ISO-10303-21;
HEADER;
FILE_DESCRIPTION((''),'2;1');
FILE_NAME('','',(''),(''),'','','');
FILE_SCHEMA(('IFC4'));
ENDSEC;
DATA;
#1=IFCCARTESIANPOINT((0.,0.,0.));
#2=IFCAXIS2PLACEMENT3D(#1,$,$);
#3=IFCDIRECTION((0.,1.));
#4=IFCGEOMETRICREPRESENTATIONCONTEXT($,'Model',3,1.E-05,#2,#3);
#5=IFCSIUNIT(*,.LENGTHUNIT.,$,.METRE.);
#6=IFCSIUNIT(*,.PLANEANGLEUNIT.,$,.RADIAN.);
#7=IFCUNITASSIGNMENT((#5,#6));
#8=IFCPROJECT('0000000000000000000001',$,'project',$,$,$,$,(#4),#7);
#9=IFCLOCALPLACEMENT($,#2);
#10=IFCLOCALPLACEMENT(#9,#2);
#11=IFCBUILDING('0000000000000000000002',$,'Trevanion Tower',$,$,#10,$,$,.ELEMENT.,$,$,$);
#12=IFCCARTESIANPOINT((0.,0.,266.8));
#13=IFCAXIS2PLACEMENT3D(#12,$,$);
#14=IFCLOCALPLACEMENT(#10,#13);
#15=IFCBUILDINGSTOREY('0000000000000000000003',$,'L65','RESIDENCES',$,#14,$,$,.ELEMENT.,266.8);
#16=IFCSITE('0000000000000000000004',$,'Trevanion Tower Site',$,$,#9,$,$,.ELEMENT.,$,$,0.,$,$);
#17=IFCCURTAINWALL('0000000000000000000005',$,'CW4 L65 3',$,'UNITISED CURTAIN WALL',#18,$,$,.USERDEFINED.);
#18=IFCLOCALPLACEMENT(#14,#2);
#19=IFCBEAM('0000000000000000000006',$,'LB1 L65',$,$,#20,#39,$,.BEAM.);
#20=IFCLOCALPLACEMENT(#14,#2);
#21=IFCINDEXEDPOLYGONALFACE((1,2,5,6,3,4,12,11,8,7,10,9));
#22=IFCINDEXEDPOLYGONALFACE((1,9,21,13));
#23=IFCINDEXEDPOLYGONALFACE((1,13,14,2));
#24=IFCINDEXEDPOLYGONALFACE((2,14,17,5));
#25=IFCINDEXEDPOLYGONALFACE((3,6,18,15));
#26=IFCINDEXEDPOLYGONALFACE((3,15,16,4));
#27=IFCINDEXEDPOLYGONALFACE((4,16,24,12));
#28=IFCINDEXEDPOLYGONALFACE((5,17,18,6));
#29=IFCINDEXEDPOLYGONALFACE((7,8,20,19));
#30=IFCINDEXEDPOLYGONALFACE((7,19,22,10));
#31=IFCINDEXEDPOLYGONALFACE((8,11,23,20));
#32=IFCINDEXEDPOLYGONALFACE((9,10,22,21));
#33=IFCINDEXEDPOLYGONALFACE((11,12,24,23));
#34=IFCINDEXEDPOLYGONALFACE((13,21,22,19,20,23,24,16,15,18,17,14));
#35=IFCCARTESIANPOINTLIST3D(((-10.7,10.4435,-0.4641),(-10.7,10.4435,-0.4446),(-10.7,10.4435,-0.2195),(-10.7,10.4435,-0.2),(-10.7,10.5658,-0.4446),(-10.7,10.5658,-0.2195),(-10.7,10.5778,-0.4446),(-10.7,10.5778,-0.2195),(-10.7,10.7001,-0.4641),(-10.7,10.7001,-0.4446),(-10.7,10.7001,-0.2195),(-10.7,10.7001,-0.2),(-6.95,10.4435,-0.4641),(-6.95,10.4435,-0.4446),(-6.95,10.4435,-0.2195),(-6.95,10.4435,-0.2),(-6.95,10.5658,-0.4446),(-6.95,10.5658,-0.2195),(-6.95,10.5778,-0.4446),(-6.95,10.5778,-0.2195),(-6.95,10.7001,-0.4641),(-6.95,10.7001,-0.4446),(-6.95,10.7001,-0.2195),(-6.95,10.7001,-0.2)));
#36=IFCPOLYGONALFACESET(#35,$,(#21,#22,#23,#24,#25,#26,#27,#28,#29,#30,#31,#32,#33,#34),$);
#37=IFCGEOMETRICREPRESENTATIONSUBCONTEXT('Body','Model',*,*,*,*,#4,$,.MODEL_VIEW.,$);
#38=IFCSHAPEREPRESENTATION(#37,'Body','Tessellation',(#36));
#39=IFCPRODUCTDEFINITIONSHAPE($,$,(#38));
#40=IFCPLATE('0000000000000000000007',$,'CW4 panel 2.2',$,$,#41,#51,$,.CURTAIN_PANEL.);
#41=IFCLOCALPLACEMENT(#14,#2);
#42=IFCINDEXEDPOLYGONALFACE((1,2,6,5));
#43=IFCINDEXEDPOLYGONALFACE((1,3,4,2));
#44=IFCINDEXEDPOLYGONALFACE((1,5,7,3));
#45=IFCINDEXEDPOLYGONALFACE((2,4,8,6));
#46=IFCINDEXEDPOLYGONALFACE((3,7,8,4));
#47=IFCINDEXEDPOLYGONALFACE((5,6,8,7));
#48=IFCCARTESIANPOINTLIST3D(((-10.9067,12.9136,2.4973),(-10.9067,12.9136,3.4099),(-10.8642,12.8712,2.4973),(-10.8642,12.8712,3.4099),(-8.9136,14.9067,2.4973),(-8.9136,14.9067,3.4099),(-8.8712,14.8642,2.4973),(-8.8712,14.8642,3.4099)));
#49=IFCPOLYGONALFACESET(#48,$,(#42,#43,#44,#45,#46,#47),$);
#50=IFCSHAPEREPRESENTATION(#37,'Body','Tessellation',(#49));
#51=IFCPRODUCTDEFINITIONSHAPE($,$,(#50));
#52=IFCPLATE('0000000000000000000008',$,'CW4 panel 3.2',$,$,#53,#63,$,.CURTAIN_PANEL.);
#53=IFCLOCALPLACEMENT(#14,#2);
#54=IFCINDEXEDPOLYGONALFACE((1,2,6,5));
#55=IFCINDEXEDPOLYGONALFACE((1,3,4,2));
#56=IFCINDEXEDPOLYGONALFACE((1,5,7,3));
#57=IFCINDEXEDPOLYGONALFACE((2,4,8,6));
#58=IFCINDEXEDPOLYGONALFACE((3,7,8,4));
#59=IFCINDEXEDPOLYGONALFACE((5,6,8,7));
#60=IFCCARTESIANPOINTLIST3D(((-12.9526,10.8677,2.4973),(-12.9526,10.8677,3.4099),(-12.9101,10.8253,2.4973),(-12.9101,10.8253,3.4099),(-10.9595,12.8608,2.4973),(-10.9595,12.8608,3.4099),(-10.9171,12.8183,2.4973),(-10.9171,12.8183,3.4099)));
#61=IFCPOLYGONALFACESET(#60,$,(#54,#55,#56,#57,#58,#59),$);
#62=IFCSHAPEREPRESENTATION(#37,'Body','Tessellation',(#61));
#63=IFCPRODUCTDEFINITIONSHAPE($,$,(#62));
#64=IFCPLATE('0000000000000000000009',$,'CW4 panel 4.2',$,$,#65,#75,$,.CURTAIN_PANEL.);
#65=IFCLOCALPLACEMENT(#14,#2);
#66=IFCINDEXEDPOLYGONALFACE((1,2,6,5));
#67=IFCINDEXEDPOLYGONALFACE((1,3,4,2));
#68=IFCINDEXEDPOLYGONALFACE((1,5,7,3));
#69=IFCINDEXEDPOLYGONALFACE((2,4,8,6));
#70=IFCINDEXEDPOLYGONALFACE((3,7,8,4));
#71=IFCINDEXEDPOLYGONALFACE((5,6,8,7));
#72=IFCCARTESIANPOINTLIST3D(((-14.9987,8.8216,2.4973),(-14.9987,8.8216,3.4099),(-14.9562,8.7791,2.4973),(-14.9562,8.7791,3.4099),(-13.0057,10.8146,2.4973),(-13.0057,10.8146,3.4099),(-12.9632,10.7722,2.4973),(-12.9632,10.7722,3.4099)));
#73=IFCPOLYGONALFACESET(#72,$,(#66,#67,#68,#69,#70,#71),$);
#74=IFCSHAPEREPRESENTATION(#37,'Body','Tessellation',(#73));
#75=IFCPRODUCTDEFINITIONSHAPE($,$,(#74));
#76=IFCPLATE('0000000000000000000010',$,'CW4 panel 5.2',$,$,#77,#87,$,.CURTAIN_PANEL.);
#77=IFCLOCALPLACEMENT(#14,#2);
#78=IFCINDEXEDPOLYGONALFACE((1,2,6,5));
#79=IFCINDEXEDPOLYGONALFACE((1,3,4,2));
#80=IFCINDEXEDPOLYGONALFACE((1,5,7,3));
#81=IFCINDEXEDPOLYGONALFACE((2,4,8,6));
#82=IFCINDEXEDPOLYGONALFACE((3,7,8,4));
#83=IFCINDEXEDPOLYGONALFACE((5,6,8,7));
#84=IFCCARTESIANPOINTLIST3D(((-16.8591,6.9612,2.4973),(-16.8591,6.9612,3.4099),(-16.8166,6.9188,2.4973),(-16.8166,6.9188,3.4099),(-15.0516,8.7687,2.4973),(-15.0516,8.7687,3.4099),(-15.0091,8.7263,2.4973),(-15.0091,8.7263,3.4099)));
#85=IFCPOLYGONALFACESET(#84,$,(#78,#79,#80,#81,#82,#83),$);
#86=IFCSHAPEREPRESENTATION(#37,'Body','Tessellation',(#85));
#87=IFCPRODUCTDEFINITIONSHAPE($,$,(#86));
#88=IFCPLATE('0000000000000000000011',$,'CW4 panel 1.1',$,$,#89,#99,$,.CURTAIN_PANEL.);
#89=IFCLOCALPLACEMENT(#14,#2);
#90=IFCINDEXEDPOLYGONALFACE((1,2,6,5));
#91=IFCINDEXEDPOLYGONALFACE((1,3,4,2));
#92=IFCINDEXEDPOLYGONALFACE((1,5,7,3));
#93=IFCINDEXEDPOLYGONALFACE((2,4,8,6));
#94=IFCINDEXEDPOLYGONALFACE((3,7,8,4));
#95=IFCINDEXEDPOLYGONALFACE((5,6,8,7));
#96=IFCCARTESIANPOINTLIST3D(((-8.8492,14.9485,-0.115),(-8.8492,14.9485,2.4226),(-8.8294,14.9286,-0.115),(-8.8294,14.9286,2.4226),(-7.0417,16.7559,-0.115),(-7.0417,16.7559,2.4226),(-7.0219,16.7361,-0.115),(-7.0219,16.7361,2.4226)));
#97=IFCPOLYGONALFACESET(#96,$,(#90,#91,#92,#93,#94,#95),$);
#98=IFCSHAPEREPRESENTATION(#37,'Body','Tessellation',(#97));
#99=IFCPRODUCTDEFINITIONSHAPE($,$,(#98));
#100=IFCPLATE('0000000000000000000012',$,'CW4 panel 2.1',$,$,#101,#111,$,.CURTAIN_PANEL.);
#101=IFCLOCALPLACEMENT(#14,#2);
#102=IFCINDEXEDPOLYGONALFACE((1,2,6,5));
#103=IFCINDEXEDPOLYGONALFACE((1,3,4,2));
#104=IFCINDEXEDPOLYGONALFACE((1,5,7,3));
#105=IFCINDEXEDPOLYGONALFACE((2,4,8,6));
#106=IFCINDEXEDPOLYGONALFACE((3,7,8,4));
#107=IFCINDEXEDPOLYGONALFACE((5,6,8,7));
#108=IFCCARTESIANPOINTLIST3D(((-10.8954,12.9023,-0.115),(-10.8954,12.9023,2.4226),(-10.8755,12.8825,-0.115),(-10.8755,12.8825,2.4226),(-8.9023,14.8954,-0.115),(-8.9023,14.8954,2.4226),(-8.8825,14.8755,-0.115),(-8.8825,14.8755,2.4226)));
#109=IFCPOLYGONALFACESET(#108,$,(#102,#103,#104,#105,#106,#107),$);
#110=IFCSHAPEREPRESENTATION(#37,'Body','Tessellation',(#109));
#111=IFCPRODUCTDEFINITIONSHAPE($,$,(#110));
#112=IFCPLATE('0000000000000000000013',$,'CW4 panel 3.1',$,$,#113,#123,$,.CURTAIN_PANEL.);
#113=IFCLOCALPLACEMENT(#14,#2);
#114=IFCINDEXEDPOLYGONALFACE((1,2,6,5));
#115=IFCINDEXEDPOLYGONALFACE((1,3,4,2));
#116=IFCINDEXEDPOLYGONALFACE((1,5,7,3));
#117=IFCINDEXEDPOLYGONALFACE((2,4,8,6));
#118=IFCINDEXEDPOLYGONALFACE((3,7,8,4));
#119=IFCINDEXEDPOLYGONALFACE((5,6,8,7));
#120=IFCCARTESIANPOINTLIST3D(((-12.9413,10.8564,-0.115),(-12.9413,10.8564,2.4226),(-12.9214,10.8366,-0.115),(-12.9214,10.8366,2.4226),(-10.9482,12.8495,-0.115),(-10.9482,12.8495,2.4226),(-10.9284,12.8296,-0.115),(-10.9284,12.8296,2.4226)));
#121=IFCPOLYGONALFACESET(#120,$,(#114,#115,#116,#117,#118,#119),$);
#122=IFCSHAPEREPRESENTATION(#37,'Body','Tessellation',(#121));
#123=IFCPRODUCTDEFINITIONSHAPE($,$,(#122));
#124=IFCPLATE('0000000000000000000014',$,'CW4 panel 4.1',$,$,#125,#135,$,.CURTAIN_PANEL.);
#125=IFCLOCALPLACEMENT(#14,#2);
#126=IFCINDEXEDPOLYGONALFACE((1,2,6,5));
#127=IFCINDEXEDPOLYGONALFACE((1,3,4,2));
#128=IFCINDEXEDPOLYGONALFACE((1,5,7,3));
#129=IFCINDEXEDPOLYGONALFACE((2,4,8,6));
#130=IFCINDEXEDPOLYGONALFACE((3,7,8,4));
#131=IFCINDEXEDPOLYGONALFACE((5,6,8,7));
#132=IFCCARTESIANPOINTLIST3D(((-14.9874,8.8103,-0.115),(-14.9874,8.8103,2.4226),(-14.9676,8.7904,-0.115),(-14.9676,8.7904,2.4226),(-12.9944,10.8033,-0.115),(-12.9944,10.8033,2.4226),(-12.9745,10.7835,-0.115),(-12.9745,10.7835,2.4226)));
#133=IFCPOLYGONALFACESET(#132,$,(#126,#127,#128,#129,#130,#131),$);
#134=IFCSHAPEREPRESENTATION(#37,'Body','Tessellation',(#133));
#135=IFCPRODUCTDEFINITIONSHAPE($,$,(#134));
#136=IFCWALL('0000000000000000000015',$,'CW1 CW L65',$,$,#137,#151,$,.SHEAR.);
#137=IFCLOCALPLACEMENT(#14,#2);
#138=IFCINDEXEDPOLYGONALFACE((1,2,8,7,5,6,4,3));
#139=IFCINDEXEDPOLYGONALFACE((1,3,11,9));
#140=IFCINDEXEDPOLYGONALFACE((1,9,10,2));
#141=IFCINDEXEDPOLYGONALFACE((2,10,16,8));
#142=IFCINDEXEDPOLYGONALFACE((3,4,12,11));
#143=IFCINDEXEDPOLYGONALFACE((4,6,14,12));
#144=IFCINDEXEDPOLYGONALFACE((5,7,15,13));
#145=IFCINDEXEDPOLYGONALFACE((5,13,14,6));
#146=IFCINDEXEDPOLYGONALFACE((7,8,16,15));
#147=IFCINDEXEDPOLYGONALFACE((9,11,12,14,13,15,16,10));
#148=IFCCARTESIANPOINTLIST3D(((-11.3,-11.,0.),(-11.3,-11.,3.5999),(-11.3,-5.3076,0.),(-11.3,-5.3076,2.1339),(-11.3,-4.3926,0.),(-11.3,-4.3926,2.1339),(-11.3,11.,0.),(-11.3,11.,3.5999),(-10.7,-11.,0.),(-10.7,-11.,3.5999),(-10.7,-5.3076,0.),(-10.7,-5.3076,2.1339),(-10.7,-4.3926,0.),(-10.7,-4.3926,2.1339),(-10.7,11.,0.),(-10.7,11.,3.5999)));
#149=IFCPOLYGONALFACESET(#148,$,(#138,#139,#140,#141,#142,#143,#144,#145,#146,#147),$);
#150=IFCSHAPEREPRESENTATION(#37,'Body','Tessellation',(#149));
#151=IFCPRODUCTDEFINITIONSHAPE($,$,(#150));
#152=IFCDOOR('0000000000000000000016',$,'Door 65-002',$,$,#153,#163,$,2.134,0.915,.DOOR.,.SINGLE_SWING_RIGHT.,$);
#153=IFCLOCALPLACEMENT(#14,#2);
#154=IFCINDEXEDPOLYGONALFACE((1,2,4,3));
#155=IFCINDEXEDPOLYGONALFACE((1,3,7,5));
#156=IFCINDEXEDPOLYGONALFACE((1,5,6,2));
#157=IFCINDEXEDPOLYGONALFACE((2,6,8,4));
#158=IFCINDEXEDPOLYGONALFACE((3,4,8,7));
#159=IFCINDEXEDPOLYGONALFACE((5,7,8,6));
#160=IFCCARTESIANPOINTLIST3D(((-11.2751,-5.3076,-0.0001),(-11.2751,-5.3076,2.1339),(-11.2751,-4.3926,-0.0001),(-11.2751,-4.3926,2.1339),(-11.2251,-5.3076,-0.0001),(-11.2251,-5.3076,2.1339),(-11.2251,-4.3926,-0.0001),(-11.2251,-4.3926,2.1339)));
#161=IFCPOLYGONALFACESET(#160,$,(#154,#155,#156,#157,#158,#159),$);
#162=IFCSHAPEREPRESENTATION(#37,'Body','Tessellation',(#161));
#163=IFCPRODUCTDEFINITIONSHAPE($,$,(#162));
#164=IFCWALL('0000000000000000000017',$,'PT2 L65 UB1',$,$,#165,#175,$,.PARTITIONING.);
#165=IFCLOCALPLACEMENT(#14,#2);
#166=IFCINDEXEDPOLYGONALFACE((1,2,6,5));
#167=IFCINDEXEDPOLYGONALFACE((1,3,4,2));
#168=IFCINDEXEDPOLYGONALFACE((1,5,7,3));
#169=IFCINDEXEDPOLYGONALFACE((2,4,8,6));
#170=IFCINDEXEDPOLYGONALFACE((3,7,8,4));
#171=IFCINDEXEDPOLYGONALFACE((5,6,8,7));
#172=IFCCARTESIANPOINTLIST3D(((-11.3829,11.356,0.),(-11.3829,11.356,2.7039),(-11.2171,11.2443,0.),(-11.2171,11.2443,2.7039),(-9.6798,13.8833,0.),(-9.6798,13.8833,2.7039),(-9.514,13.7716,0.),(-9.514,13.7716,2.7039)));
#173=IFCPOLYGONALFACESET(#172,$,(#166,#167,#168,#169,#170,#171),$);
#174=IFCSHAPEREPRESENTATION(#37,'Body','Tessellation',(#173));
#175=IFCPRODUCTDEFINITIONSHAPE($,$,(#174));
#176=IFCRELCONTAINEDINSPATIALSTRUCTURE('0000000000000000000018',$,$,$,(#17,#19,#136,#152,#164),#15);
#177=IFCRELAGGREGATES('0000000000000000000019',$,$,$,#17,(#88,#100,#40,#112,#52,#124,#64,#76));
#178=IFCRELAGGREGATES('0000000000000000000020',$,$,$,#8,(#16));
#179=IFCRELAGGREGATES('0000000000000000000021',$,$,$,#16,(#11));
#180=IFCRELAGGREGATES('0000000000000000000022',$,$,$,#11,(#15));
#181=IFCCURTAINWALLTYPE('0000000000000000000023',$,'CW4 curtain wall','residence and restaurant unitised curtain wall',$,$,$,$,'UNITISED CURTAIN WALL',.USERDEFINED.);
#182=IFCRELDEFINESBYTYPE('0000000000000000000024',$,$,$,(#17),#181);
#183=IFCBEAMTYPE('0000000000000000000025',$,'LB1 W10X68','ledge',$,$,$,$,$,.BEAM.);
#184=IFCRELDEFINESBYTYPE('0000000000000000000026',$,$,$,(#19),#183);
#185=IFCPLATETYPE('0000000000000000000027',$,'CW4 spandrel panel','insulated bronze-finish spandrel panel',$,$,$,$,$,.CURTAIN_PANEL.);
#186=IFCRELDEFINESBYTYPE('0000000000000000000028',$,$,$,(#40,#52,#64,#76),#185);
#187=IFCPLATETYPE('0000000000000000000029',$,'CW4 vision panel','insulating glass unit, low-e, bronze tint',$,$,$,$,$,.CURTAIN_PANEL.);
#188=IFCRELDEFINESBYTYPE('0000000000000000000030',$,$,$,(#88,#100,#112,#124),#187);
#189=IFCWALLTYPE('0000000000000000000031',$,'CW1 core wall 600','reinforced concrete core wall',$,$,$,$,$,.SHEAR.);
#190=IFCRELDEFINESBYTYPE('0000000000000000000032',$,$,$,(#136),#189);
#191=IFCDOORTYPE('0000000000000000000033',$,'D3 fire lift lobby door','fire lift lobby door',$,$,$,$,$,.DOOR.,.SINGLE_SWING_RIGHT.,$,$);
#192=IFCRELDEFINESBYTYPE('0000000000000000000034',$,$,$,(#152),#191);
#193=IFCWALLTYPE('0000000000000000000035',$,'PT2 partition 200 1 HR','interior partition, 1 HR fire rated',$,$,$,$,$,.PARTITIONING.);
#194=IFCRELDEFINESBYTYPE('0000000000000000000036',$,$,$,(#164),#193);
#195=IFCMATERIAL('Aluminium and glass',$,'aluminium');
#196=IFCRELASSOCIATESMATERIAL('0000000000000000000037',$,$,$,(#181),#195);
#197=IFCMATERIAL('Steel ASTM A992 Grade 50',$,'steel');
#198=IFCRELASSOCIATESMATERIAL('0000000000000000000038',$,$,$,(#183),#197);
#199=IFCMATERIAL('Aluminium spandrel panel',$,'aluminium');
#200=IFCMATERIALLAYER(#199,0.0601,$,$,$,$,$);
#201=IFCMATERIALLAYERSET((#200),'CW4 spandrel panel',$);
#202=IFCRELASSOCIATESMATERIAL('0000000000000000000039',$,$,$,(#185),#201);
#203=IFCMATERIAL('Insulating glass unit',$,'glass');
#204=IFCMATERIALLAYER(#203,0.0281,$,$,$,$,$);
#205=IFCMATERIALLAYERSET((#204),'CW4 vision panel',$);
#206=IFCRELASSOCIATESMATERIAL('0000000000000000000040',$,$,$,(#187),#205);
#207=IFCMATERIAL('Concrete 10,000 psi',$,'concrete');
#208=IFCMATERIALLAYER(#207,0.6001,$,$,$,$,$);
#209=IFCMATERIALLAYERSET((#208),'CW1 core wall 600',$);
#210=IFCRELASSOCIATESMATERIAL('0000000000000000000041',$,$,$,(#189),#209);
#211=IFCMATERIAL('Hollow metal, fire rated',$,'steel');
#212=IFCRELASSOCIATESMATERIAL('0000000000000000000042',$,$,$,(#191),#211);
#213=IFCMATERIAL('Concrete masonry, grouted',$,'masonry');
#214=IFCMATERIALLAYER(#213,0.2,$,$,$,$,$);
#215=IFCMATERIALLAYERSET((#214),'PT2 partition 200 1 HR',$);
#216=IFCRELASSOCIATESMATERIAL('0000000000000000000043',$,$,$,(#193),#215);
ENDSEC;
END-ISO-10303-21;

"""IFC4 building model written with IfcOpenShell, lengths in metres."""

from ifc_helpers import new_model, si_unit, direction, frame, frame_2d, origin, origin_2d, place, context, subcontext, project, spatial, rectangle, i_section, extrude, material, layer, layer_set, material_profile, profile_set, type_object, element, fill, aggregate, save


model = new_model("IFC4")

# Units and contexts
model_context = context("Model", 3, precision=1e-05, world=origin(), true_north=direction((0.0, 1.0)))
body_context = subcontext(model_context, "Body", "Model", "MODEL_VIEW")
ifc_project = project(units=[si_unit("LENGTHUNIT", "METRE"), si_unit("PLANEANGLEUNIT", "RADIAN")], contexts=[model_context])

# Site, building, storey
site_placement = place(None, origin())
site = spatial("IfcSite", under=ifc_project, at=site_placement, Name="Trevanion Tower Site", CompositionType="ELEMENT", RefElevation=0.0)
building_placement = place(site_placement, origin())
building = spatial("IfcBuilding", under=site, at=building_placement, Name="Trevanion Tower", CompositionType="ELEMENT")
storey_placement = place(building_placement, frame((0.0, 0.0, 266.8)))
storey = spatial("IfcBuildingStorey", under=building, at=storey_placement, Name="L65", Description="RESIDENCES", CompositionType="ELEMENT", Elevation=266.8)

# Curtain wall
ifc_material_1 = material(Name="Aluminium and glass", Category="aluminium")
curtain_wall_type = type_object("IfcCurtainWallType", Name="CW4 curtain wall", Description="residence and restaurant unitised curtain wall", ElementType="UNITISED CURTAIN WALL", PredefinedType="USERDEFINED", material=ifc_material_1)
curtain_wall_placement = place(storey_placement, origin())
curtain_wall = element("IfcCurtainWall", 1, at=curtain_wall_placement, inside=storey, type_object=curtain_wall_type, Name="CW4 L65 3", ObjectType="UNITISED CURTAIN WALL", PredefinedType="USERDEFINED")

# Beam
ifc_material_2 = material(Name="Steel ASTM A992 Grade 50", Category="steel")
ifc_material_profile_1 = material_profile(ifc_material_2, i_section(OverallWidth=0.2566, OverallDepth=0.2642, WebThickness=0.012, FlangeThickness=0.0195, at=origin_2d()), Name="W10X68")
ifc_profile_set_1 = profile_set([ifc_material_profile_1], Name="Steel ASTM A992 Grade 50")
beam_type = type_object("IfcBeamType", Name="LB1 W10X68", Description="ledge", PredefinedType="BEAM", material=ifc_profile_set_1)
beam_placement = place(storey_placement, frame((-10.7, 10.5718, -0.332), z_axis=(1.0, 0.0, 0.0), x_axis=(0.0, 1.0, 0.0)))
element("IfcBeam", 2, at=beam_placement, inside=storey, type_object=beam_type, Name="LB1 L65", PredefinedType="BEAM", context=body_context, shape_type="SweptSolid", body=[
    extrude(i_section(OverallWidth=0.2566, OverallDepth=0.2642, WebThickness=0.012, FlangeThickness=0.0195, at=origin_2d()), origin(), (0.0, 0.0, 1.0), 3.75),
])

# Plates
ifc_material_3 = material(Name="Aluminium spandrel panel", Category="aluminium")
ifc_layer_1 = layer(ifc_material_3, 0.0601)
ifc_layer_set_1 = layer_set([ifc_layer_1], Name="CW4 spandrel panel")
plate_type_1 = type_object("IfcPlateType", Name="CW4 spandrel panel", Description="insulated bronze-finish spandrel panel", PredefinedType="CURTAIN_PANEL", material=ifc_layer_set_1)
plate_1_placement = place(storey_placement, frame((-9.8889, 13.8889, 2.4973), z_axis=(0.0, 0.0, 1.0), x_axis=(-0.707107, -0.707107, 0.0)))
plate_1 = element("IfcPlate", 3, at=plate_1_placement, type_object=plate_type_1, Name="CW4 panel 2.2", PredefinedType="CURTAIN_PANEL", context=body_context, shape_type="SweptSolid", body=[
    extrude(rectangle(XDim=2.8186, YDim=0.0601, at=origin_2d()), origin(), (0.0, 0.0, 1.0), 0.9126),
])
plate_2_placement = place(storey_placement, frame((-11.9348, 11.843, 2.4973), z_axis=(0.0, 0.0, 1.0), x_axis=(-0.707107, -0.707107, 0.0)))
plate_2 = element("IfcPlate", 4, at=plate_2_placement, type_object=plate_type_1, Name="CW4 panel 3.2", PredefinedType="CURTAIN_PANEL", context=body_context, shape_type="SweptSolid", body=[
    extrude(rectangle(XDim=2.8186, YDim=0.0601, at=origin_2d()), origin(), (0.0, 0.0, 1.0), 0.9126),
])
plate_3_placement = place(storey_placement, frame((-13.981, 9.7969, 2.4973), z_axis=(0.0, 0.0, 1.0), x_axis=(-0.707107, -0.707107, 0.0)))
plate_3 = element("IfcPlate", 5, at=plate_3_placement, type_object=plate_type_1, Name="CW4 panel 4.2", PredefinedType="CURTAIN_PANEL", context=body_context, shape_type="SweptSolid", body=[
    extrude(rectangle(XDim=2.8186, YDim=0.0601, at=origin_2d()), origin(), (0.0, 0.0, 1.0), 0.9126),
])
plate_4_placement = place(storey_placement, frame((-15.9341, 7.8438, 2.4973), z_axis=(0.0, 0.0, 1.0), x_axis=(-0.707107, -0.707107, 0.0)))
plate_4 = element("IfcPlate", 6, at=plate_4_placement, type_object=plate_type_1, Name="CW4 panel 5.2", PredefinedType="CURTAIN_PANEL", context=body_context, shape_type="SweptSolid", body=[
    extrude(rectangle(XDim=2.5562, YDim=0.0601, at=origin_2d()), origin(), (0.0, 0.0, 1.0), 0.9126),
])
ifc_material_4 = material(Name="Insulating glass unit", Category="glass")
ifc_layer_2 = layer(ifc_material_4, 0.0281)
ifc_layer_set_2 = layer_set([ifc_layer_2], Name="CW4 vision panel")
plate_type_2 = type_object("IfcPlateType", Name="CW4 vision panel", Description="insulating glass unit, low-e, bronze tint", PredefinedType="CURTAIN_PANEL", material=ifc_layer_set_2)
plate_5_placement = place(storey_placement, frame((-7.9355, 15.8423, -0.115), z_axis=(0.0, 0.0, 1.0), x_axis=(-0.707107, -0.707107, 0.0)))
plate_5 = element("IfcPlate", 7, at=plate_5_placement, type_object=plate_type_2, Name="CW4 panel 1.1", PredefinedType="CURTAIN_PANEL", context=body_context, shape_type="SweptSolid", body=[
    extrude(rectangle(XDim=2.5562, YDim=0.0281, at=origin_2d()), origin(), (0.0, 0.0, 1.0), 2.5376),
])
plate_6_placement = place(storey_placement, frame((-9.8889, 13.8889, -0.115), z_axis=(0.0, 0.0, 1.0), x_axis=(-0.707107, -0.707107, 0.0)))
plate_6 = element("IfcPlate", 8, at=plate_6_placement, type_object=plate_type_2, Name="CW4 panel 2.1", PredefinedType="CURTAIN_PANEL", context=body_context, shape_type="SweptSolid", body=[
    extrude(rectangle(XDim=2.8186, YDim=0.0281, at=origin_2d()), origin(), (0.0, 0.0, 1.0), 2.5376),
])
plate_7_placement = place(storey_placement, frame((-11.9348, 11.843, -0.115), z_axis=(0.0, 0.0, 1.0), x_axis=(-0.707107, -0.707107, 0.0)))
plate_7 = element("IfcPlate", 9, at=plate_7_placement, type_object=plate_type_2, Name="CW4 panel 3.1", PredefinedType="CURTAIN_PANEL", context=body_context, shape_type="SweptSolid", body=[
    extrude(rectangle(XDim=2.8186, YDim=0.0281, at=origin_2d()), origin(), (0.0, 0.0, 1.0), 2.5376),
])
plate_8_placement = place(storey_placement, frame((-13.981, 9.7969, -0.115), z_axis=(0.0, 0.0, 1.0), x_axis=(-0.707107, -0.707107, 0.0)))
plate_8 = element("IfcPlate", 10, at=plate_8_placement, type_object=plate_type_2, Name="CW4 panel 4.1", PredefinedType="CURTAIN_PANEL", context=body_context, shape_type="SweptSolid", body=[
    extrude(rectangle(XDim=2.8186, YDim=0.0281, at=origin_2d()), origin(), (0.0, 0.0, 1.0), 2.5376),
])
aggregate(curtain_wall, [plate_5, plate_6, plate_1, plate_7, plate_2, plate_8, plate_3, plate_4])

# Wall, opening, door
ifc_material_5 = material(Name="Concrete 10,000 psi", Category="concrete")
ifc_layer_3 = layer(ifc_material_5, 0.6001)
ifc_layer_set_3 = layer_set([ifc_layer_3], Name="CW1 core wall 600")
wall_type_1 = type_object("IfcWallType", Name="CW1 core wall 600", Description="reinforced concrete core wall", PredefinedType="SHEAR", material=ifc_layer_set_3)
wall_1_placement = place(storey_placement, frame((-11.0, 11.0, 0.0), z_axis=(0.0, 0.0, 1.0), x_axis=(0.0, -1.0, 0.0)))
wall_1 = element("IfcWall", 11, at=wall_1_placement, inside=storey, type_object=wall_type_1, Name="CW1 CW L65", PredefinedType="SHEAR", context=body_context, shape_type="SweptSolid", body=[
    extrude(rectangle(XDim=22.0, YDim=0.6001, at=frame_2d((11.0, 0.0))), origin(), (0.0, 0.0, 1.0), 3.5999),
])
opening_placement = place(wall_1_placement, frame((15.3926, 0.0, 0.0)))
opening = element("IfcOpeningElement", 12, at=opening_placement, cuts=wall_1, PredefinedType="OPENING", context=body_context, shape_type="SweptSolid", body=[
    extrude(rectangle(XDim=0.915, YDim=2.134, at=frame_2d((0.4575, 1.0669))), frame((0.0, 0.3101, 0.0), z_axis=(0.0, -1.0, 0.0), x_axis=(1.0, 0.0, 0.0)), (0.0, 0.0, 1.0), 0.6201),
])
ifc_material_6 = material(Name="Hollow metal, fire rated", Category="steel")
door_type = type_object("IfcDoorType", Name="D3 fire lift lobby door", Description="fire lift lobby door", OperationType="SINGLE_SWING_RIGHT", PredefinedType="DOOR", material=ifc_material_6)
door_placement = place(opening_placement, origin())
door = element("IfcDoor", 13, at=door_placement, inside=storey, type_object=door_type, Name="Door 65-002", OperationType="SINGLE_SWING_RIGHT", OverallHeight=2.134, OverallWidth=0.915, PredefinedType="DOOR", context=body_context, shape_type="SweptSolid", body=[
    extrude(rectangle(XDim=0.915, YDim=2.134, at=frame_2d((0.4575, 1.0669))), frame((0.0, -0.2251, 0.0), z_axis=(0.0, -1.0, 0.0), x_axis=(1.0, 0.0, 0.0)), (0.0, 0.0, 1.0), 0.05),
])
fill(opening, door)

# Wall
ifc_material_7 = material(Name="Concrete masonry, grouted", Category="masonry")
ifc_layer_4 = layer(ifc_material_7, 0.2)
ifc_layer_set_4 = layer_set([ifc_layer_4], Name="PT2 partition 200 1 HR")
wall_type_2 = type_object("IfcWallType", Name="PT2 partition 200 1 HR", Description="interior partition, 1 HR fire rated", PredefinedType="PARTITIONING", material=ifc_layer_set_4)
wall_2_placement = place(storey_placement, frame((-11.3, 11.3, 0.0), z_axis=(0.0, 0.0, 1.0), x_axis=(0.558834, 0.829279, 0.0)))
element("IfcWall", 14, at=wall_2_placement, inside=storey, type_object=wall_type_2, Name="PT2 L65 UB1", PredefinedType="PARTITIONING", context=body_context, shape_type="SweptSolid", body=[
    extrude(rectangle(XDim=3.0476, YDim=0.2, at=frame_2d((1.5239, 0.0))), origin(), (0.0, 0.0, 1.0), 2.7039),
])

save(model, "model.ifc")
